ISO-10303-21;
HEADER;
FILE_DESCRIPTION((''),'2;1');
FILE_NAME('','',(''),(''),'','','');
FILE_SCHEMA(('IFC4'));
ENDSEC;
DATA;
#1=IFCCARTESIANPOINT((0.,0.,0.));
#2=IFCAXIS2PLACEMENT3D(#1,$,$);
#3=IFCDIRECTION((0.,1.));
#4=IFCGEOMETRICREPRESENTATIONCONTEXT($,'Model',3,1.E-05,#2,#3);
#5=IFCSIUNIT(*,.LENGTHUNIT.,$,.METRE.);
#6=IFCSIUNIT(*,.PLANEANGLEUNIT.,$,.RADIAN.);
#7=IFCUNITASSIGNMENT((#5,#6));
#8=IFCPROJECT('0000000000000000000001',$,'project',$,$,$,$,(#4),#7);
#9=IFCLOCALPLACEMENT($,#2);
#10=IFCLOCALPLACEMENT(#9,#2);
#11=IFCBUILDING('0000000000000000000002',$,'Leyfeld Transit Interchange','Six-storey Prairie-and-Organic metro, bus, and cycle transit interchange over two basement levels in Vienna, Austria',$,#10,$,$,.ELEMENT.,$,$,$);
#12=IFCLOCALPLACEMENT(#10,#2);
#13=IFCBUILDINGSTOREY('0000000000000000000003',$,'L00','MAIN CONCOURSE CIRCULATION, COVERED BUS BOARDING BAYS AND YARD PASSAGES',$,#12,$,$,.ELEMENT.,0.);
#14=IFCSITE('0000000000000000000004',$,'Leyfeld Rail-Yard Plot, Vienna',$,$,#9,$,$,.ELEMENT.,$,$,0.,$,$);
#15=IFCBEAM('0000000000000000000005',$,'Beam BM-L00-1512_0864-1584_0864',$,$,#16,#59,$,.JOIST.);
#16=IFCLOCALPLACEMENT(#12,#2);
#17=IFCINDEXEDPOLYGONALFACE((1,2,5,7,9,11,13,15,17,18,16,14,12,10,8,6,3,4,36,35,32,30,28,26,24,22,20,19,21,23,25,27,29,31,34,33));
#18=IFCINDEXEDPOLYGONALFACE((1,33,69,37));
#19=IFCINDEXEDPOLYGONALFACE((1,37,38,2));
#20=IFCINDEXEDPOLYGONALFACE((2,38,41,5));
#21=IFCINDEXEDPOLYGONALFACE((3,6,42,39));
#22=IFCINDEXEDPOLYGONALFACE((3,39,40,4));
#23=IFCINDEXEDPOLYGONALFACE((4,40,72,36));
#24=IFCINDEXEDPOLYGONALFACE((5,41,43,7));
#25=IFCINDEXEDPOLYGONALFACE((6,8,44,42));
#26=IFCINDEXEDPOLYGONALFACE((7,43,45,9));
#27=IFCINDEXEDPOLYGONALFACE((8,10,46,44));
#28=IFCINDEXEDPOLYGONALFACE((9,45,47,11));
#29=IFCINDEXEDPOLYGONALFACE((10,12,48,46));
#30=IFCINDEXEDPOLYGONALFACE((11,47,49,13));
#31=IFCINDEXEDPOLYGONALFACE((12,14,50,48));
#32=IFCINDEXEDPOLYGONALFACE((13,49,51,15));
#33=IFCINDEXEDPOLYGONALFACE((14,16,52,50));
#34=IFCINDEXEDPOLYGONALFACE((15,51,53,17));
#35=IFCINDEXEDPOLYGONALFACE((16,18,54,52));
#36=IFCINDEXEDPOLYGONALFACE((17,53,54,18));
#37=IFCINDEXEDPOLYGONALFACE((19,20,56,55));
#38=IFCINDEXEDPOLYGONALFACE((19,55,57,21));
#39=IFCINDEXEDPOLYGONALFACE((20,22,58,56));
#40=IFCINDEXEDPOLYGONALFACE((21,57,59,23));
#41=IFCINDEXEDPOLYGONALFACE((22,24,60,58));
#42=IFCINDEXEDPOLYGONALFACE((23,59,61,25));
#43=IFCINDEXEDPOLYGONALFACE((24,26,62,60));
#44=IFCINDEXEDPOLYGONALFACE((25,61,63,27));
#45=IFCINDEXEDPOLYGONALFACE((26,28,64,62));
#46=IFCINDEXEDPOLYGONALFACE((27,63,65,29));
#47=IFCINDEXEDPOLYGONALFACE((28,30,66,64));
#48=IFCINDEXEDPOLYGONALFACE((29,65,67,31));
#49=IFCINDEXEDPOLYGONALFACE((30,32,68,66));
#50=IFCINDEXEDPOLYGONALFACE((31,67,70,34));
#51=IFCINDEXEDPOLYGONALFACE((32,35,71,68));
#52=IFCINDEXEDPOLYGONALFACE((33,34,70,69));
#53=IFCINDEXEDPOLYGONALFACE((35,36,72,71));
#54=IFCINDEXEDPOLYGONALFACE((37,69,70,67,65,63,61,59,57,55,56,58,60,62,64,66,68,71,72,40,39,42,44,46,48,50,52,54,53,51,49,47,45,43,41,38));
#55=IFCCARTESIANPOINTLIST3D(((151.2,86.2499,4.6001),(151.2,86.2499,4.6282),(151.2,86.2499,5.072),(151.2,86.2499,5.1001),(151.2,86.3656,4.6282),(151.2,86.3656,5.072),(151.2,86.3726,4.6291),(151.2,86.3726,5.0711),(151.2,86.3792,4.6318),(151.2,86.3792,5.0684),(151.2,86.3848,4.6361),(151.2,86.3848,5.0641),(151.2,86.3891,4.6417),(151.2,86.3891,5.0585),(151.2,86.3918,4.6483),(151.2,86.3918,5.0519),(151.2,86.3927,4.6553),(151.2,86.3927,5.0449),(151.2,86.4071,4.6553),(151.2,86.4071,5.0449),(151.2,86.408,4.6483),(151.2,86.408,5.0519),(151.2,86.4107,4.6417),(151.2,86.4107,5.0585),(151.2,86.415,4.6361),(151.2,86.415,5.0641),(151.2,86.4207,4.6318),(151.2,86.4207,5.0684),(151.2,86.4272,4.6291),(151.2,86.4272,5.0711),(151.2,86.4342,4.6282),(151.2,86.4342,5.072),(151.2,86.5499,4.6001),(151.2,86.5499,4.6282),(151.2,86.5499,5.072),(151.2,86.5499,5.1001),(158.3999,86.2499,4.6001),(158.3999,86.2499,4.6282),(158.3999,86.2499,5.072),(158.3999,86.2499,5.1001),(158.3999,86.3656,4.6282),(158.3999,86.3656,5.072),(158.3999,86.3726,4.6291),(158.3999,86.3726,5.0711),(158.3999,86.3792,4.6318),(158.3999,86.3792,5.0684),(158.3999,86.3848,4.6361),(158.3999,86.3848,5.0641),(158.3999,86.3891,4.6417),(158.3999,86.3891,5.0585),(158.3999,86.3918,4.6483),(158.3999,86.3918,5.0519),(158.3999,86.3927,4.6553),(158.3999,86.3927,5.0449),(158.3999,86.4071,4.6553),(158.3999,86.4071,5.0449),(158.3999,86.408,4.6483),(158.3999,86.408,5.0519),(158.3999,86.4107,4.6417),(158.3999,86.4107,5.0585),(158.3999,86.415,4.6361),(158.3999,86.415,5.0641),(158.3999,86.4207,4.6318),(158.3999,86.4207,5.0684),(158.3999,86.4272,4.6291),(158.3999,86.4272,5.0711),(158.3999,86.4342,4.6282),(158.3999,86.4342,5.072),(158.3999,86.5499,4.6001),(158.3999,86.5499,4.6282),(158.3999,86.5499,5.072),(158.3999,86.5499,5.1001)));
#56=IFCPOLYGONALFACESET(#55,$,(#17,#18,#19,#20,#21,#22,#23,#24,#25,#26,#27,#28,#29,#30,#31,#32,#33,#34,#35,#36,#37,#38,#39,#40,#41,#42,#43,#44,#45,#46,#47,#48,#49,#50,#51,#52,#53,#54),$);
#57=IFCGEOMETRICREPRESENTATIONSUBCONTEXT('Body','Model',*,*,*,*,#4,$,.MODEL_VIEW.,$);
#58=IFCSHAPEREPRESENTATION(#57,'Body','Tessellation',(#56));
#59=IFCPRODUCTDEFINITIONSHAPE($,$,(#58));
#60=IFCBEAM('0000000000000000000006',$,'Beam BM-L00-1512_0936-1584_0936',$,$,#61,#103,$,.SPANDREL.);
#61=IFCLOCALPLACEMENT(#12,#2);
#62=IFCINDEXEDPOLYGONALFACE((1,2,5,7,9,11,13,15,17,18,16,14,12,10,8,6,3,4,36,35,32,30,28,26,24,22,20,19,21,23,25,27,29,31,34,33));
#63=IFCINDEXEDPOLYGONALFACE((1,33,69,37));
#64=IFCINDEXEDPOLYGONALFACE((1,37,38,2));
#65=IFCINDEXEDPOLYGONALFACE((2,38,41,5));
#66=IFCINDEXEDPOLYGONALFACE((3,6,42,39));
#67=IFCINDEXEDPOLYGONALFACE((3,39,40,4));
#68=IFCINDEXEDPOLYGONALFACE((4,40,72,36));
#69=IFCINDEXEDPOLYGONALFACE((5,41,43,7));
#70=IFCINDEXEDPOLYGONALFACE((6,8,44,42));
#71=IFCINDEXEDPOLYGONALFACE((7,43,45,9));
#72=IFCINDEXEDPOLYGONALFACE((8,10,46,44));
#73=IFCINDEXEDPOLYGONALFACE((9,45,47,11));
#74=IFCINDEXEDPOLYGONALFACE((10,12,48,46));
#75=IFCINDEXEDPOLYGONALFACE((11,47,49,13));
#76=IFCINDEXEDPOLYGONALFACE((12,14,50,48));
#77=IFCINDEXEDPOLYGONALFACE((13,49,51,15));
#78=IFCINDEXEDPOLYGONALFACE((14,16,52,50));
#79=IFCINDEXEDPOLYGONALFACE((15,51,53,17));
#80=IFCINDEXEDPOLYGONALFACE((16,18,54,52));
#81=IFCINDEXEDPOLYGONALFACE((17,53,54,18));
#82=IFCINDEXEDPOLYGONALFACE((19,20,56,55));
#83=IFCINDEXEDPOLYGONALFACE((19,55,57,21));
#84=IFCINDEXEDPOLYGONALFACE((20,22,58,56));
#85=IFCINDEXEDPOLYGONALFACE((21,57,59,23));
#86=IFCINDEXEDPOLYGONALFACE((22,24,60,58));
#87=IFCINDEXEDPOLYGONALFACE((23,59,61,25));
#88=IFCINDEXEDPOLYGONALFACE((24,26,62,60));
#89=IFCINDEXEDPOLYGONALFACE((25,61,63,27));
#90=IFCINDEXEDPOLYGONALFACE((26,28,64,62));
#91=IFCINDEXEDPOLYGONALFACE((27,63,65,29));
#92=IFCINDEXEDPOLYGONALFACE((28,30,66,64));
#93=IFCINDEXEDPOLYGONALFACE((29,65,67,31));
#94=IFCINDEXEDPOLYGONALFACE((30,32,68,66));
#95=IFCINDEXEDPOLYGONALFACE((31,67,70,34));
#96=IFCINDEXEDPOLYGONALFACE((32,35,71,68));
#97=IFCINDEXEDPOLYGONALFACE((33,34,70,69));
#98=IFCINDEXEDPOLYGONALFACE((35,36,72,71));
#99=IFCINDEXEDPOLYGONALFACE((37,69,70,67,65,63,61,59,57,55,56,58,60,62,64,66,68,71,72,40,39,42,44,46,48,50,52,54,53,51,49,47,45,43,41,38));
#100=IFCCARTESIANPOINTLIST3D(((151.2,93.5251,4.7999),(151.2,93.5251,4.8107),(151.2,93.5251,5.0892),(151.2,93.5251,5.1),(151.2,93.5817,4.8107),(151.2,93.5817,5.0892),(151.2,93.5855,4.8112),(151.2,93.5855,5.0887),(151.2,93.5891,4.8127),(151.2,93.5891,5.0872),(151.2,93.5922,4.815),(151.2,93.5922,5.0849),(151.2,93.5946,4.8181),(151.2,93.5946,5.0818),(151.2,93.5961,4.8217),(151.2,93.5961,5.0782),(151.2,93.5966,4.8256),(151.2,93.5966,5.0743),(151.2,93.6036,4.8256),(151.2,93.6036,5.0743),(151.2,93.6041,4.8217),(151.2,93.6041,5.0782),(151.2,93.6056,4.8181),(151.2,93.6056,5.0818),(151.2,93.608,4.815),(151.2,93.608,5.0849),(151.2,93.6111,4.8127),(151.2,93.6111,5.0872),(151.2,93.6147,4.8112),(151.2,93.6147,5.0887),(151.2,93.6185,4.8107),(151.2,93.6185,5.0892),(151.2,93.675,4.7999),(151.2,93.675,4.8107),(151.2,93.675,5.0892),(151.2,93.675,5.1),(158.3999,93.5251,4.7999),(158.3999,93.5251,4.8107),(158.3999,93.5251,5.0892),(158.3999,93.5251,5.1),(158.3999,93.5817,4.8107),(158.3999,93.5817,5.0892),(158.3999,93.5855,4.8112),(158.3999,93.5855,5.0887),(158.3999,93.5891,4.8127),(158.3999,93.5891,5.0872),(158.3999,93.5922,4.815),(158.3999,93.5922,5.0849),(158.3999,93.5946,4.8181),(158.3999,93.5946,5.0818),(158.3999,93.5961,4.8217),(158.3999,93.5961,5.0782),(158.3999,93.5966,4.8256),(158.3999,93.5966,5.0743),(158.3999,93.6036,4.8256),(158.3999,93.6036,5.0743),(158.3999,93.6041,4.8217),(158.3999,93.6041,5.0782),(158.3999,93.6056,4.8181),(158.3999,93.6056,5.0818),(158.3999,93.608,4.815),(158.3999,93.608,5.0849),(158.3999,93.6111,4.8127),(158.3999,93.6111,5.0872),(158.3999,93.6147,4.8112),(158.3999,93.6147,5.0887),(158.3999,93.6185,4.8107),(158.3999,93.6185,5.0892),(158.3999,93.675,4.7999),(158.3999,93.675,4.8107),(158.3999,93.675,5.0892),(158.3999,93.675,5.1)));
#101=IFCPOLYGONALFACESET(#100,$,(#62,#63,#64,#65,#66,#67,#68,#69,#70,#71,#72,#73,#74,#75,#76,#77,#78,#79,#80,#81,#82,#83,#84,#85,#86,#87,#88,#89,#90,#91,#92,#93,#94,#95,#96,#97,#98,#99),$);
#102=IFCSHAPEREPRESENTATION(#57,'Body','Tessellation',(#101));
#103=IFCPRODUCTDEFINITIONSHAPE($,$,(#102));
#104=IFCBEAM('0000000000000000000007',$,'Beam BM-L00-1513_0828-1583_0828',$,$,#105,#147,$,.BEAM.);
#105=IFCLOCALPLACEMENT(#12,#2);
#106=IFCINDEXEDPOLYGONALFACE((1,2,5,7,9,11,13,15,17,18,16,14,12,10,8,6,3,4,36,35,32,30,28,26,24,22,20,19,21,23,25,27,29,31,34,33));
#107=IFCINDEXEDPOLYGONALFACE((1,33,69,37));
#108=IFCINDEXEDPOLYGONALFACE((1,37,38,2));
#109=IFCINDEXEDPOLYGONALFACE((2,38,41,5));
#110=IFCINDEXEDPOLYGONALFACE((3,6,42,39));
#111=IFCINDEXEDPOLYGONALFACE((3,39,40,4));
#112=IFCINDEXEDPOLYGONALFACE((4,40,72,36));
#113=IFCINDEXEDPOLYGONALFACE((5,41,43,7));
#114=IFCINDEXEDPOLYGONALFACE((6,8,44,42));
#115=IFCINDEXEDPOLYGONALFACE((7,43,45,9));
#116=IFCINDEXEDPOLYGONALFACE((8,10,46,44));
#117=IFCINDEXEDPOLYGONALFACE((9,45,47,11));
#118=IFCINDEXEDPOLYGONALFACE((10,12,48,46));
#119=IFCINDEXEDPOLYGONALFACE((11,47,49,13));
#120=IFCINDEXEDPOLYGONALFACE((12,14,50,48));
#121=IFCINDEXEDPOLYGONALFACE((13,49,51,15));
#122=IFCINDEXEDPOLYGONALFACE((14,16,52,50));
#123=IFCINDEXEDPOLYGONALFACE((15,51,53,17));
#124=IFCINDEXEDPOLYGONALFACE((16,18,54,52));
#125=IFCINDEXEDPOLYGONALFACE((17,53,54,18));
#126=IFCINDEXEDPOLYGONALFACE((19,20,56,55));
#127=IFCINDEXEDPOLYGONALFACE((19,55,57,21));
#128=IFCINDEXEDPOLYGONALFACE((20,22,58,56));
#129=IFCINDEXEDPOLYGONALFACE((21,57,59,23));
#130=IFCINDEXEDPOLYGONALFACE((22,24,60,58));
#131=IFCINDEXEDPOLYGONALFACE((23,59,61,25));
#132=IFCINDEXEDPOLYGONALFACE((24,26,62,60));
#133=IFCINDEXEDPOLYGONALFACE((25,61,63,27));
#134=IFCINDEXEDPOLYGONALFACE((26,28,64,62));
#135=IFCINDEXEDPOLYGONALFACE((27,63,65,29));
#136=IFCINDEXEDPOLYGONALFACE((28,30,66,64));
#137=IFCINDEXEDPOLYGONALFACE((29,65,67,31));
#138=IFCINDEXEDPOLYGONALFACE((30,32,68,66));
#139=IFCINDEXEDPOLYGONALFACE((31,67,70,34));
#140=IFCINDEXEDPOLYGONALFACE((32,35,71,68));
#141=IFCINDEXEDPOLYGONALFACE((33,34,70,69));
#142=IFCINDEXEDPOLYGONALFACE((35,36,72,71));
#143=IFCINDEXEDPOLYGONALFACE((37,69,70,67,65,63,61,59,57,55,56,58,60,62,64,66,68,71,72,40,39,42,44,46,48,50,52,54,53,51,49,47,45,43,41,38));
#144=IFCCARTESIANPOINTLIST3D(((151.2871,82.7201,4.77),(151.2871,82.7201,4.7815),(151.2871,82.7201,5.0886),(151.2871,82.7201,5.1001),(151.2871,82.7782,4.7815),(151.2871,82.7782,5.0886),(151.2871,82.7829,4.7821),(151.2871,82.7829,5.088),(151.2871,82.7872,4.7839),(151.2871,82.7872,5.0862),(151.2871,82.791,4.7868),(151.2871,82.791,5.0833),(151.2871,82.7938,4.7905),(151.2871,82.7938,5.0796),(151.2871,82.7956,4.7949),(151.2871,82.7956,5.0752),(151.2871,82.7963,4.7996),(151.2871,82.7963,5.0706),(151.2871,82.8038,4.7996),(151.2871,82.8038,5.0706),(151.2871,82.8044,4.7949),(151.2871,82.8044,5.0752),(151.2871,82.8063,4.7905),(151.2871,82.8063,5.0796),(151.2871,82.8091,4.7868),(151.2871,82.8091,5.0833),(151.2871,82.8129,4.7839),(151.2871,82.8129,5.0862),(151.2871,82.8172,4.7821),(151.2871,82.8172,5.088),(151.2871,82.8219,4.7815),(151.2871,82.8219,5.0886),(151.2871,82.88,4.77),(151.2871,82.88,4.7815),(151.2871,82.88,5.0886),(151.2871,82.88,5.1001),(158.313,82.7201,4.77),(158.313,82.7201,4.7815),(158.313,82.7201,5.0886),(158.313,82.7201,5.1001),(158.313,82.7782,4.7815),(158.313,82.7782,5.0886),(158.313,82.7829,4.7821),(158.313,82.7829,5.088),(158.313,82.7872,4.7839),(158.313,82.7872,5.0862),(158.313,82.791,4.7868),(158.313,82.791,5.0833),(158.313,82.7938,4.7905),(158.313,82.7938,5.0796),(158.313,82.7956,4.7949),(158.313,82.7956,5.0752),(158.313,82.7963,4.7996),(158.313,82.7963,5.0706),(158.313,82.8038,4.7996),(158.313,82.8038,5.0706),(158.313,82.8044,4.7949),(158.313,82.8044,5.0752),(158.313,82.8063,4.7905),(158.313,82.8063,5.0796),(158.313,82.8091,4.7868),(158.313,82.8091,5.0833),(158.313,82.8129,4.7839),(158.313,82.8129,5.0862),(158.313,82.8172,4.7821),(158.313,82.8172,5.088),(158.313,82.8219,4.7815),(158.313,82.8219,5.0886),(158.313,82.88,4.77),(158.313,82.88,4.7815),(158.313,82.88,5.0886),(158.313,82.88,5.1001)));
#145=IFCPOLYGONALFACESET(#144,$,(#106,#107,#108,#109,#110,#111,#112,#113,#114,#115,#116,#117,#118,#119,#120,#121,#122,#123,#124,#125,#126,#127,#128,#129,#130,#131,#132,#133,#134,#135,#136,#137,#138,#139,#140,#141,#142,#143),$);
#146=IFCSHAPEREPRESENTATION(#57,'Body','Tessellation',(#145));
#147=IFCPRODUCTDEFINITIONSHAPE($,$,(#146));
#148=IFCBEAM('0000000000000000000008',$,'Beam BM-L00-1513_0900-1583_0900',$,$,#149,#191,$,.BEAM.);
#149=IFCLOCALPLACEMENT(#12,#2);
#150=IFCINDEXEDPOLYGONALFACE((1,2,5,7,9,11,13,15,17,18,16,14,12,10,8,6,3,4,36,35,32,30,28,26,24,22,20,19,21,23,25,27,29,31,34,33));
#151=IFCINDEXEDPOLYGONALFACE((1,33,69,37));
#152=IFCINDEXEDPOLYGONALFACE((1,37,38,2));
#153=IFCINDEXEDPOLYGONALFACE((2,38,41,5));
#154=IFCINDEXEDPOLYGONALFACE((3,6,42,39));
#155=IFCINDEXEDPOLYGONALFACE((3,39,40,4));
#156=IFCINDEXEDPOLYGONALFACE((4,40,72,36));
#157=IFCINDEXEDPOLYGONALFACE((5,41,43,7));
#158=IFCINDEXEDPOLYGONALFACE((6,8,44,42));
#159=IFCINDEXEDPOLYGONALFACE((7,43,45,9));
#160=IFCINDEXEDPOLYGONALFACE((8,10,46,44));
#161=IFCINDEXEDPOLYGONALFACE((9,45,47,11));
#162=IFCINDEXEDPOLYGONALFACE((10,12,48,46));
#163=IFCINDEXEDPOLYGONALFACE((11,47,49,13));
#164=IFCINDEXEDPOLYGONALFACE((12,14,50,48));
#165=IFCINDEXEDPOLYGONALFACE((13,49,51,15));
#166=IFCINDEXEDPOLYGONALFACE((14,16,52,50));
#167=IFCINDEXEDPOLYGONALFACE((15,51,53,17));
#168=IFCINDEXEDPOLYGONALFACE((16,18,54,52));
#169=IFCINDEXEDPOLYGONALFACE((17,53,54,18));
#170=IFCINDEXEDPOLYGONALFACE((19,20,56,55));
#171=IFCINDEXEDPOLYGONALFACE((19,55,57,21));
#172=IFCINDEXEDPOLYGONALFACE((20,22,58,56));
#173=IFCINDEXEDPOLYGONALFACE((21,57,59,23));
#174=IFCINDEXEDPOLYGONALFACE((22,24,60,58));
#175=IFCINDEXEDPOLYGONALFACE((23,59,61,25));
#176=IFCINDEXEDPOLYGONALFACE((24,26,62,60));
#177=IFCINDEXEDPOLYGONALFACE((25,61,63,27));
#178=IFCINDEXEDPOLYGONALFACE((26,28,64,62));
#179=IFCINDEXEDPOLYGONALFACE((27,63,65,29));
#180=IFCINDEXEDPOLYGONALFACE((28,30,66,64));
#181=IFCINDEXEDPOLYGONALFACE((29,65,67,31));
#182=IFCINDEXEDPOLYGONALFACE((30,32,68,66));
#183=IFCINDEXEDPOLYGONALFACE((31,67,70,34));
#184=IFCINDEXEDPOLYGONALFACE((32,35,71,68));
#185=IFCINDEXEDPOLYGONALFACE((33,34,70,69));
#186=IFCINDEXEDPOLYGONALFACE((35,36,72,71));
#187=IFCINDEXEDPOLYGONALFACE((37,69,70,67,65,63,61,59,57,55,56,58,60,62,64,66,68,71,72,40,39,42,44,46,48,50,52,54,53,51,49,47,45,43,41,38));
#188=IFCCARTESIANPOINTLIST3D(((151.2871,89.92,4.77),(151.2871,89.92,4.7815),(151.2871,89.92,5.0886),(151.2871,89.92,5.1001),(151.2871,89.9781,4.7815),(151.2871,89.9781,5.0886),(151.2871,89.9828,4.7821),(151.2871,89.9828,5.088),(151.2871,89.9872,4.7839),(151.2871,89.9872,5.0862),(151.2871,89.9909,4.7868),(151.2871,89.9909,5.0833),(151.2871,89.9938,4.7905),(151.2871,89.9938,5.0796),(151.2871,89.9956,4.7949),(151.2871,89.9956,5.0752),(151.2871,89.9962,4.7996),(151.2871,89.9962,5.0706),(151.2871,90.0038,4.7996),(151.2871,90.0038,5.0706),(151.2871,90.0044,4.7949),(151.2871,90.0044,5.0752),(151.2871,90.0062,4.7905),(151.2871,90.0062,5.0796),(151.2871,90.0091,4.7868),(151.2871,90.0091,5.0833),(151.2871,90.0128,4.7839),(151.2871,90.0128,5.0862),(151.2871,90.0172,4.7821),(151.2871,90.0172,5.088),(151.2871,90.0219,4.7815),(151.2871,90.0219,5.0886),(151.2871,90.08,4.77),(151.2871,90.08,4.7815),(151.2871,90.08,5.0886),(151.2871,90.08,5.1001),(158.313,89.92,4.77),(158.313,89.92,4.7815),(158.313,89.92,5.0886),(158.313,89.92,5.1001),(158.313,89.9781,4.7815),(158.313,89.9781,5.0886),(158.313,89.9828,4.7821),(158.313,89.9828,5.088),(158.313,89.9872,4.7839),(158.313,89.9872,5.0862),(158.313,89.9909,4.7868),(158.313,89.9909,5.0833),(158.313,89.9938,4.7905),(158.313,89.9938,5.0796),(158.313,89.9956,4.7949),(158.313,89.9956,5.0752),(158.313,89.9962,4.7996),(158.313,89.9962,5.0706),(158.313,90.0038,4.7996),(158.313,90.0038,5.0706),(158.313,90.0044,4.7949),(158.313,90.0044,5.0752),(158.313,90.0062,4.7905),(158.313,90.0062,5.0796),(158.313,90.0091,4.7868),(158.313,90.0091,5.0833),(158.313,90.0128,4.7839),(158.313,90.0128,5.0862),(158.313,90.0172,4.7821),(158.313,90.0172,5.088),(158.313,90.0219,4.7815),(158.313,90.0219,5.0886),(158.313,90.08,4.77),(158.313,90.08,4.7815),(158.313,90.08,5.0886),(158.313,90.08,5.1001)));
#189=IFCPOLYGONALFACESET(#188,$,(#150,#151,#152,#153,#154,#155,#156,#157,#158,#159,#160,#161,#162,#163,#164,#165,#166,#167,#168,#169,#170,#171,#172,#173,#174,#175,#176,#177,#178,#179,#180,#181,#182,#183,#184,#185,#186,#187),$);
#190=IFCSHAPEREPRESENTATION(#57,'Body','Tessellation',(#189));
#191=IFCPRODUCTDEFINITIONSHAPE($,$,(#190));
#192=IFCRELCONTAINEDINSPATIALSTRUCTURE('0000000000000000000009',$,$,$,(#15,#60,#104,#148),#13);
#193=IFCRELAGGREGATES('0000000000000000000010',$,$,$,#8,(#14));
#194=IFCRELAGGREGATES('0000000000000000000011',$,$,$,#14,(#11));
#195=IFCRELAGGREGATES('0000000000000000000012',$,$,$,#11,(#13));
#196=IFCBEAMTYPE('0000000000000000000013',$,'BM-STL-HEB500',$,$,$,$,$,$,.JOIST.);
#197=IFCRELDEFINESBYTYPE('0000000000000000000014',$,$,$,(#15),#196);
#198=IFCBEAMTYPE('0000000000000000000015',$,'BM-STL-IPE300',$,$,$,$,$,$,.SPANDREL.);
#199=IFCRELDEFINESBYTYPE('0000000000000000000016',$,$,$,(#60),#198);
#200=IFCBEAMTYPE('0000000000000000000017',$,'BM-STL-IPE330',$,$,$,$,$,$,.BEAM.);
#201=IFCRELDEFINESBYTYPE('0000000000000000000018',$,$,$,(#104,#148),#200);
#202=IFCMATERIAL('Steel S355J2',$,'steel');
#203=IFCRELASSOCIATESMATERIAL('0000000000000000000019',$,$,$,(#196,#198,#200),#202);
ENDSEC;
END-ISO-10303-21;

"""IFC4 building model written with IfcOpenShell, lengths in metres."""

from ifc_helpers import new_model, si_unit, direction, frame, origin, origin_2d, place, context, subcontext, project, spatial, i_section, extrude, material, material_profile, profile_set, type_object, element, save


model = new_model("IFC4")

# Units and contexts
model_context = context("Model", 3, precision=1e-05, world=origin(), true_north=direction((0.0, 1.0)))
body_context = subcontext(model_context, "Body", "Model", "MODEL_VIEW")
ifc_project = project(units=[si_unit("LENGTHUNIT", "METRE"), si_unit("PLANEANGLEUNIT", "RADIAN")], contexts=[model_context])

# Site, building, storey
site_placement = place(None, origin())
site = spatial("IfcSite", under=ifc_project, at=site_placement, Name="Leyfeld Rail-Yard Plot, Vienna", CompositionType="ELEMENT", RefElevation=0.0)
building_placement = place(site_placement, origin())
building = spatial("IfcBuilding", under=site, at=building_placement, Name="Leyfeld Transit Interchange", Description="Six-storey Prairie-and-Organic metro, bus, and cycle transit interchange over two basement levels in Vienna, Austria", CompositionType="ELEMENT")
storey_placement = place(building_placement, origin())
storey = spatial("IfcBuildingStorey", under=building, at=storey_placement, Name="L00", Description="MAIN CONCOURSE CIRCULATION, COVERED BUS BOARDING BAYS AND YARD PASSAGES", CompositionType="ELEMENT", Elevation=0.0)

# Beams
ifc_material_1 = material(Name="Steel S355J2", Category="steel")
ifc_material_profile_1 = material_profile(ifc_material_1, i_section(OverallWidth=0.3, OverallDepth=0.5, WebThickness=0.0144, FlangeThickness=0.0281, FilletRadius=0.0271, at=origin_2d()), Name="HEB 500")
ifc_profile_set_1 = profile_set([ifc_material_profile_1], Name="Steel S355J2")
beam_type_1 = type_object("IfcBeamType", Name="BM-STL-HEB500", PredefinedType="JOIST", material=ifc_profile_set_1)
beam_1_placement = place(storey_placement, frame((151.2, 86.3999, 4.8501), z_axis=(1.0, 0.0, 0.0), x_axis=(0.0, 1.0, 0.0)))
element("IfcBeam", 1, at=beam_1_placement, inside=storey, type_object=beam_type_1, Name="Beam BM-L00-1512_0864-1584_0864", PredefinedType="JOIST", context=body_context, shape_type="SweptSolid", body=[
    extrude(i_section(OverallWidth=0.3, OverallDepth=0.5, WebThickness=0.0144, FlangeThickness=0.0281, FilletRadius=0.0271, at=origin_2d()), origin(), (0.0, 0.0, 1.0), 7.2),
])
ifc_material_profile_2 = material_profile(ifc_material_1, i_section(OverallWidth=0.1499, OverallDepth=0.3, WebThickness=0.0071, FlangeThickness=0.0107, FilletRadius=0.0149, at=origin_2d()), Name="IPE 300")
ifc_profile_set_2 = profile_set([ifc_material_profile_2], Name="Steel S355J2")
beam_type_2 = type_object("IfcBeamType", Name="BM-STL-IPE300", PredefinedType="SPANDREL", material=ifc_profile_set_2)
beam_2_placement = place(storey_placement, frame((151.2, 93.6001, 4.95), z_axis=(1.0, 0.0, 0.0), x_axis=(0.0, 1.0, 0.0)))
element("IfcBeam", 2, at=beam_2_placement, inside=storey, type_object=beam_type_2, Name="Beam BM-L00-1512_0936-1584_0936", PredefinedType="SPANDREL", context=body_context, shape_type="SweptSolid", body=[
    extrude(i_section(OverallWidth=0.1499, OverallDepth=0.3, WebThickness=0.0071, FlangeThickness=0.0107, FilletRadius=0.0149, at=origin_2d()), origin(), (0.0, 0.0, 1.0), 7.2),
])
ifc_material_profile_3 = material_profile(ifc_material_1, i_section(OverallWidth=0.1599, OverallDepth=0.3301, WebThickness=0.0076, FlangeThickness=0.0115, FilletRadius=0.0181, at=origin_2d()), Name="IPE 330")
ifc_profile_set_3 = profile_set([ifc_material_profile_3], Name="Steel S355J2")
beam_type_3 = type_object("IfcBeamType", Name="BM-STL-IPE330", PredefinedType="BEAM", material=ifc_profile_set_3)
for number, where, z_axis, x_axis, name in (
    (3, (151.2871, 82.8, 4.9351), (1.0, 0.0, 0.0), (0.0, 1.0, 0.0), "Beam BM-L00-1513_0828-1583_0828"),
    (4, (151.2871, 90.0, 4.9351), (1.0, 0.0, 0.0), (0.0, 1.0, 0.0), "Beam BM-L00-1513_0900-1583_0900"),
):
    element("IfcBeam", number, at=place(storey_placement, frame(where, z_axis=z_axis, x_axis=x_axis)), inside=storey, type_object=beam_type_3, Name=name, PredefinedType="BEAM", context=body_context, shape_type="SweptSolid", body=[
        extrude(i_section(OverallWidth=0.1599, OverallDepth=0.3301, WebThickness=0.0076, FlangeThickness=0.0115, FilletRadius=0.0181, at=origin_2d()), origin(), (0.0, 0.0, 1.0), 7.0259),
    ])

save(model, "model.ifc")
